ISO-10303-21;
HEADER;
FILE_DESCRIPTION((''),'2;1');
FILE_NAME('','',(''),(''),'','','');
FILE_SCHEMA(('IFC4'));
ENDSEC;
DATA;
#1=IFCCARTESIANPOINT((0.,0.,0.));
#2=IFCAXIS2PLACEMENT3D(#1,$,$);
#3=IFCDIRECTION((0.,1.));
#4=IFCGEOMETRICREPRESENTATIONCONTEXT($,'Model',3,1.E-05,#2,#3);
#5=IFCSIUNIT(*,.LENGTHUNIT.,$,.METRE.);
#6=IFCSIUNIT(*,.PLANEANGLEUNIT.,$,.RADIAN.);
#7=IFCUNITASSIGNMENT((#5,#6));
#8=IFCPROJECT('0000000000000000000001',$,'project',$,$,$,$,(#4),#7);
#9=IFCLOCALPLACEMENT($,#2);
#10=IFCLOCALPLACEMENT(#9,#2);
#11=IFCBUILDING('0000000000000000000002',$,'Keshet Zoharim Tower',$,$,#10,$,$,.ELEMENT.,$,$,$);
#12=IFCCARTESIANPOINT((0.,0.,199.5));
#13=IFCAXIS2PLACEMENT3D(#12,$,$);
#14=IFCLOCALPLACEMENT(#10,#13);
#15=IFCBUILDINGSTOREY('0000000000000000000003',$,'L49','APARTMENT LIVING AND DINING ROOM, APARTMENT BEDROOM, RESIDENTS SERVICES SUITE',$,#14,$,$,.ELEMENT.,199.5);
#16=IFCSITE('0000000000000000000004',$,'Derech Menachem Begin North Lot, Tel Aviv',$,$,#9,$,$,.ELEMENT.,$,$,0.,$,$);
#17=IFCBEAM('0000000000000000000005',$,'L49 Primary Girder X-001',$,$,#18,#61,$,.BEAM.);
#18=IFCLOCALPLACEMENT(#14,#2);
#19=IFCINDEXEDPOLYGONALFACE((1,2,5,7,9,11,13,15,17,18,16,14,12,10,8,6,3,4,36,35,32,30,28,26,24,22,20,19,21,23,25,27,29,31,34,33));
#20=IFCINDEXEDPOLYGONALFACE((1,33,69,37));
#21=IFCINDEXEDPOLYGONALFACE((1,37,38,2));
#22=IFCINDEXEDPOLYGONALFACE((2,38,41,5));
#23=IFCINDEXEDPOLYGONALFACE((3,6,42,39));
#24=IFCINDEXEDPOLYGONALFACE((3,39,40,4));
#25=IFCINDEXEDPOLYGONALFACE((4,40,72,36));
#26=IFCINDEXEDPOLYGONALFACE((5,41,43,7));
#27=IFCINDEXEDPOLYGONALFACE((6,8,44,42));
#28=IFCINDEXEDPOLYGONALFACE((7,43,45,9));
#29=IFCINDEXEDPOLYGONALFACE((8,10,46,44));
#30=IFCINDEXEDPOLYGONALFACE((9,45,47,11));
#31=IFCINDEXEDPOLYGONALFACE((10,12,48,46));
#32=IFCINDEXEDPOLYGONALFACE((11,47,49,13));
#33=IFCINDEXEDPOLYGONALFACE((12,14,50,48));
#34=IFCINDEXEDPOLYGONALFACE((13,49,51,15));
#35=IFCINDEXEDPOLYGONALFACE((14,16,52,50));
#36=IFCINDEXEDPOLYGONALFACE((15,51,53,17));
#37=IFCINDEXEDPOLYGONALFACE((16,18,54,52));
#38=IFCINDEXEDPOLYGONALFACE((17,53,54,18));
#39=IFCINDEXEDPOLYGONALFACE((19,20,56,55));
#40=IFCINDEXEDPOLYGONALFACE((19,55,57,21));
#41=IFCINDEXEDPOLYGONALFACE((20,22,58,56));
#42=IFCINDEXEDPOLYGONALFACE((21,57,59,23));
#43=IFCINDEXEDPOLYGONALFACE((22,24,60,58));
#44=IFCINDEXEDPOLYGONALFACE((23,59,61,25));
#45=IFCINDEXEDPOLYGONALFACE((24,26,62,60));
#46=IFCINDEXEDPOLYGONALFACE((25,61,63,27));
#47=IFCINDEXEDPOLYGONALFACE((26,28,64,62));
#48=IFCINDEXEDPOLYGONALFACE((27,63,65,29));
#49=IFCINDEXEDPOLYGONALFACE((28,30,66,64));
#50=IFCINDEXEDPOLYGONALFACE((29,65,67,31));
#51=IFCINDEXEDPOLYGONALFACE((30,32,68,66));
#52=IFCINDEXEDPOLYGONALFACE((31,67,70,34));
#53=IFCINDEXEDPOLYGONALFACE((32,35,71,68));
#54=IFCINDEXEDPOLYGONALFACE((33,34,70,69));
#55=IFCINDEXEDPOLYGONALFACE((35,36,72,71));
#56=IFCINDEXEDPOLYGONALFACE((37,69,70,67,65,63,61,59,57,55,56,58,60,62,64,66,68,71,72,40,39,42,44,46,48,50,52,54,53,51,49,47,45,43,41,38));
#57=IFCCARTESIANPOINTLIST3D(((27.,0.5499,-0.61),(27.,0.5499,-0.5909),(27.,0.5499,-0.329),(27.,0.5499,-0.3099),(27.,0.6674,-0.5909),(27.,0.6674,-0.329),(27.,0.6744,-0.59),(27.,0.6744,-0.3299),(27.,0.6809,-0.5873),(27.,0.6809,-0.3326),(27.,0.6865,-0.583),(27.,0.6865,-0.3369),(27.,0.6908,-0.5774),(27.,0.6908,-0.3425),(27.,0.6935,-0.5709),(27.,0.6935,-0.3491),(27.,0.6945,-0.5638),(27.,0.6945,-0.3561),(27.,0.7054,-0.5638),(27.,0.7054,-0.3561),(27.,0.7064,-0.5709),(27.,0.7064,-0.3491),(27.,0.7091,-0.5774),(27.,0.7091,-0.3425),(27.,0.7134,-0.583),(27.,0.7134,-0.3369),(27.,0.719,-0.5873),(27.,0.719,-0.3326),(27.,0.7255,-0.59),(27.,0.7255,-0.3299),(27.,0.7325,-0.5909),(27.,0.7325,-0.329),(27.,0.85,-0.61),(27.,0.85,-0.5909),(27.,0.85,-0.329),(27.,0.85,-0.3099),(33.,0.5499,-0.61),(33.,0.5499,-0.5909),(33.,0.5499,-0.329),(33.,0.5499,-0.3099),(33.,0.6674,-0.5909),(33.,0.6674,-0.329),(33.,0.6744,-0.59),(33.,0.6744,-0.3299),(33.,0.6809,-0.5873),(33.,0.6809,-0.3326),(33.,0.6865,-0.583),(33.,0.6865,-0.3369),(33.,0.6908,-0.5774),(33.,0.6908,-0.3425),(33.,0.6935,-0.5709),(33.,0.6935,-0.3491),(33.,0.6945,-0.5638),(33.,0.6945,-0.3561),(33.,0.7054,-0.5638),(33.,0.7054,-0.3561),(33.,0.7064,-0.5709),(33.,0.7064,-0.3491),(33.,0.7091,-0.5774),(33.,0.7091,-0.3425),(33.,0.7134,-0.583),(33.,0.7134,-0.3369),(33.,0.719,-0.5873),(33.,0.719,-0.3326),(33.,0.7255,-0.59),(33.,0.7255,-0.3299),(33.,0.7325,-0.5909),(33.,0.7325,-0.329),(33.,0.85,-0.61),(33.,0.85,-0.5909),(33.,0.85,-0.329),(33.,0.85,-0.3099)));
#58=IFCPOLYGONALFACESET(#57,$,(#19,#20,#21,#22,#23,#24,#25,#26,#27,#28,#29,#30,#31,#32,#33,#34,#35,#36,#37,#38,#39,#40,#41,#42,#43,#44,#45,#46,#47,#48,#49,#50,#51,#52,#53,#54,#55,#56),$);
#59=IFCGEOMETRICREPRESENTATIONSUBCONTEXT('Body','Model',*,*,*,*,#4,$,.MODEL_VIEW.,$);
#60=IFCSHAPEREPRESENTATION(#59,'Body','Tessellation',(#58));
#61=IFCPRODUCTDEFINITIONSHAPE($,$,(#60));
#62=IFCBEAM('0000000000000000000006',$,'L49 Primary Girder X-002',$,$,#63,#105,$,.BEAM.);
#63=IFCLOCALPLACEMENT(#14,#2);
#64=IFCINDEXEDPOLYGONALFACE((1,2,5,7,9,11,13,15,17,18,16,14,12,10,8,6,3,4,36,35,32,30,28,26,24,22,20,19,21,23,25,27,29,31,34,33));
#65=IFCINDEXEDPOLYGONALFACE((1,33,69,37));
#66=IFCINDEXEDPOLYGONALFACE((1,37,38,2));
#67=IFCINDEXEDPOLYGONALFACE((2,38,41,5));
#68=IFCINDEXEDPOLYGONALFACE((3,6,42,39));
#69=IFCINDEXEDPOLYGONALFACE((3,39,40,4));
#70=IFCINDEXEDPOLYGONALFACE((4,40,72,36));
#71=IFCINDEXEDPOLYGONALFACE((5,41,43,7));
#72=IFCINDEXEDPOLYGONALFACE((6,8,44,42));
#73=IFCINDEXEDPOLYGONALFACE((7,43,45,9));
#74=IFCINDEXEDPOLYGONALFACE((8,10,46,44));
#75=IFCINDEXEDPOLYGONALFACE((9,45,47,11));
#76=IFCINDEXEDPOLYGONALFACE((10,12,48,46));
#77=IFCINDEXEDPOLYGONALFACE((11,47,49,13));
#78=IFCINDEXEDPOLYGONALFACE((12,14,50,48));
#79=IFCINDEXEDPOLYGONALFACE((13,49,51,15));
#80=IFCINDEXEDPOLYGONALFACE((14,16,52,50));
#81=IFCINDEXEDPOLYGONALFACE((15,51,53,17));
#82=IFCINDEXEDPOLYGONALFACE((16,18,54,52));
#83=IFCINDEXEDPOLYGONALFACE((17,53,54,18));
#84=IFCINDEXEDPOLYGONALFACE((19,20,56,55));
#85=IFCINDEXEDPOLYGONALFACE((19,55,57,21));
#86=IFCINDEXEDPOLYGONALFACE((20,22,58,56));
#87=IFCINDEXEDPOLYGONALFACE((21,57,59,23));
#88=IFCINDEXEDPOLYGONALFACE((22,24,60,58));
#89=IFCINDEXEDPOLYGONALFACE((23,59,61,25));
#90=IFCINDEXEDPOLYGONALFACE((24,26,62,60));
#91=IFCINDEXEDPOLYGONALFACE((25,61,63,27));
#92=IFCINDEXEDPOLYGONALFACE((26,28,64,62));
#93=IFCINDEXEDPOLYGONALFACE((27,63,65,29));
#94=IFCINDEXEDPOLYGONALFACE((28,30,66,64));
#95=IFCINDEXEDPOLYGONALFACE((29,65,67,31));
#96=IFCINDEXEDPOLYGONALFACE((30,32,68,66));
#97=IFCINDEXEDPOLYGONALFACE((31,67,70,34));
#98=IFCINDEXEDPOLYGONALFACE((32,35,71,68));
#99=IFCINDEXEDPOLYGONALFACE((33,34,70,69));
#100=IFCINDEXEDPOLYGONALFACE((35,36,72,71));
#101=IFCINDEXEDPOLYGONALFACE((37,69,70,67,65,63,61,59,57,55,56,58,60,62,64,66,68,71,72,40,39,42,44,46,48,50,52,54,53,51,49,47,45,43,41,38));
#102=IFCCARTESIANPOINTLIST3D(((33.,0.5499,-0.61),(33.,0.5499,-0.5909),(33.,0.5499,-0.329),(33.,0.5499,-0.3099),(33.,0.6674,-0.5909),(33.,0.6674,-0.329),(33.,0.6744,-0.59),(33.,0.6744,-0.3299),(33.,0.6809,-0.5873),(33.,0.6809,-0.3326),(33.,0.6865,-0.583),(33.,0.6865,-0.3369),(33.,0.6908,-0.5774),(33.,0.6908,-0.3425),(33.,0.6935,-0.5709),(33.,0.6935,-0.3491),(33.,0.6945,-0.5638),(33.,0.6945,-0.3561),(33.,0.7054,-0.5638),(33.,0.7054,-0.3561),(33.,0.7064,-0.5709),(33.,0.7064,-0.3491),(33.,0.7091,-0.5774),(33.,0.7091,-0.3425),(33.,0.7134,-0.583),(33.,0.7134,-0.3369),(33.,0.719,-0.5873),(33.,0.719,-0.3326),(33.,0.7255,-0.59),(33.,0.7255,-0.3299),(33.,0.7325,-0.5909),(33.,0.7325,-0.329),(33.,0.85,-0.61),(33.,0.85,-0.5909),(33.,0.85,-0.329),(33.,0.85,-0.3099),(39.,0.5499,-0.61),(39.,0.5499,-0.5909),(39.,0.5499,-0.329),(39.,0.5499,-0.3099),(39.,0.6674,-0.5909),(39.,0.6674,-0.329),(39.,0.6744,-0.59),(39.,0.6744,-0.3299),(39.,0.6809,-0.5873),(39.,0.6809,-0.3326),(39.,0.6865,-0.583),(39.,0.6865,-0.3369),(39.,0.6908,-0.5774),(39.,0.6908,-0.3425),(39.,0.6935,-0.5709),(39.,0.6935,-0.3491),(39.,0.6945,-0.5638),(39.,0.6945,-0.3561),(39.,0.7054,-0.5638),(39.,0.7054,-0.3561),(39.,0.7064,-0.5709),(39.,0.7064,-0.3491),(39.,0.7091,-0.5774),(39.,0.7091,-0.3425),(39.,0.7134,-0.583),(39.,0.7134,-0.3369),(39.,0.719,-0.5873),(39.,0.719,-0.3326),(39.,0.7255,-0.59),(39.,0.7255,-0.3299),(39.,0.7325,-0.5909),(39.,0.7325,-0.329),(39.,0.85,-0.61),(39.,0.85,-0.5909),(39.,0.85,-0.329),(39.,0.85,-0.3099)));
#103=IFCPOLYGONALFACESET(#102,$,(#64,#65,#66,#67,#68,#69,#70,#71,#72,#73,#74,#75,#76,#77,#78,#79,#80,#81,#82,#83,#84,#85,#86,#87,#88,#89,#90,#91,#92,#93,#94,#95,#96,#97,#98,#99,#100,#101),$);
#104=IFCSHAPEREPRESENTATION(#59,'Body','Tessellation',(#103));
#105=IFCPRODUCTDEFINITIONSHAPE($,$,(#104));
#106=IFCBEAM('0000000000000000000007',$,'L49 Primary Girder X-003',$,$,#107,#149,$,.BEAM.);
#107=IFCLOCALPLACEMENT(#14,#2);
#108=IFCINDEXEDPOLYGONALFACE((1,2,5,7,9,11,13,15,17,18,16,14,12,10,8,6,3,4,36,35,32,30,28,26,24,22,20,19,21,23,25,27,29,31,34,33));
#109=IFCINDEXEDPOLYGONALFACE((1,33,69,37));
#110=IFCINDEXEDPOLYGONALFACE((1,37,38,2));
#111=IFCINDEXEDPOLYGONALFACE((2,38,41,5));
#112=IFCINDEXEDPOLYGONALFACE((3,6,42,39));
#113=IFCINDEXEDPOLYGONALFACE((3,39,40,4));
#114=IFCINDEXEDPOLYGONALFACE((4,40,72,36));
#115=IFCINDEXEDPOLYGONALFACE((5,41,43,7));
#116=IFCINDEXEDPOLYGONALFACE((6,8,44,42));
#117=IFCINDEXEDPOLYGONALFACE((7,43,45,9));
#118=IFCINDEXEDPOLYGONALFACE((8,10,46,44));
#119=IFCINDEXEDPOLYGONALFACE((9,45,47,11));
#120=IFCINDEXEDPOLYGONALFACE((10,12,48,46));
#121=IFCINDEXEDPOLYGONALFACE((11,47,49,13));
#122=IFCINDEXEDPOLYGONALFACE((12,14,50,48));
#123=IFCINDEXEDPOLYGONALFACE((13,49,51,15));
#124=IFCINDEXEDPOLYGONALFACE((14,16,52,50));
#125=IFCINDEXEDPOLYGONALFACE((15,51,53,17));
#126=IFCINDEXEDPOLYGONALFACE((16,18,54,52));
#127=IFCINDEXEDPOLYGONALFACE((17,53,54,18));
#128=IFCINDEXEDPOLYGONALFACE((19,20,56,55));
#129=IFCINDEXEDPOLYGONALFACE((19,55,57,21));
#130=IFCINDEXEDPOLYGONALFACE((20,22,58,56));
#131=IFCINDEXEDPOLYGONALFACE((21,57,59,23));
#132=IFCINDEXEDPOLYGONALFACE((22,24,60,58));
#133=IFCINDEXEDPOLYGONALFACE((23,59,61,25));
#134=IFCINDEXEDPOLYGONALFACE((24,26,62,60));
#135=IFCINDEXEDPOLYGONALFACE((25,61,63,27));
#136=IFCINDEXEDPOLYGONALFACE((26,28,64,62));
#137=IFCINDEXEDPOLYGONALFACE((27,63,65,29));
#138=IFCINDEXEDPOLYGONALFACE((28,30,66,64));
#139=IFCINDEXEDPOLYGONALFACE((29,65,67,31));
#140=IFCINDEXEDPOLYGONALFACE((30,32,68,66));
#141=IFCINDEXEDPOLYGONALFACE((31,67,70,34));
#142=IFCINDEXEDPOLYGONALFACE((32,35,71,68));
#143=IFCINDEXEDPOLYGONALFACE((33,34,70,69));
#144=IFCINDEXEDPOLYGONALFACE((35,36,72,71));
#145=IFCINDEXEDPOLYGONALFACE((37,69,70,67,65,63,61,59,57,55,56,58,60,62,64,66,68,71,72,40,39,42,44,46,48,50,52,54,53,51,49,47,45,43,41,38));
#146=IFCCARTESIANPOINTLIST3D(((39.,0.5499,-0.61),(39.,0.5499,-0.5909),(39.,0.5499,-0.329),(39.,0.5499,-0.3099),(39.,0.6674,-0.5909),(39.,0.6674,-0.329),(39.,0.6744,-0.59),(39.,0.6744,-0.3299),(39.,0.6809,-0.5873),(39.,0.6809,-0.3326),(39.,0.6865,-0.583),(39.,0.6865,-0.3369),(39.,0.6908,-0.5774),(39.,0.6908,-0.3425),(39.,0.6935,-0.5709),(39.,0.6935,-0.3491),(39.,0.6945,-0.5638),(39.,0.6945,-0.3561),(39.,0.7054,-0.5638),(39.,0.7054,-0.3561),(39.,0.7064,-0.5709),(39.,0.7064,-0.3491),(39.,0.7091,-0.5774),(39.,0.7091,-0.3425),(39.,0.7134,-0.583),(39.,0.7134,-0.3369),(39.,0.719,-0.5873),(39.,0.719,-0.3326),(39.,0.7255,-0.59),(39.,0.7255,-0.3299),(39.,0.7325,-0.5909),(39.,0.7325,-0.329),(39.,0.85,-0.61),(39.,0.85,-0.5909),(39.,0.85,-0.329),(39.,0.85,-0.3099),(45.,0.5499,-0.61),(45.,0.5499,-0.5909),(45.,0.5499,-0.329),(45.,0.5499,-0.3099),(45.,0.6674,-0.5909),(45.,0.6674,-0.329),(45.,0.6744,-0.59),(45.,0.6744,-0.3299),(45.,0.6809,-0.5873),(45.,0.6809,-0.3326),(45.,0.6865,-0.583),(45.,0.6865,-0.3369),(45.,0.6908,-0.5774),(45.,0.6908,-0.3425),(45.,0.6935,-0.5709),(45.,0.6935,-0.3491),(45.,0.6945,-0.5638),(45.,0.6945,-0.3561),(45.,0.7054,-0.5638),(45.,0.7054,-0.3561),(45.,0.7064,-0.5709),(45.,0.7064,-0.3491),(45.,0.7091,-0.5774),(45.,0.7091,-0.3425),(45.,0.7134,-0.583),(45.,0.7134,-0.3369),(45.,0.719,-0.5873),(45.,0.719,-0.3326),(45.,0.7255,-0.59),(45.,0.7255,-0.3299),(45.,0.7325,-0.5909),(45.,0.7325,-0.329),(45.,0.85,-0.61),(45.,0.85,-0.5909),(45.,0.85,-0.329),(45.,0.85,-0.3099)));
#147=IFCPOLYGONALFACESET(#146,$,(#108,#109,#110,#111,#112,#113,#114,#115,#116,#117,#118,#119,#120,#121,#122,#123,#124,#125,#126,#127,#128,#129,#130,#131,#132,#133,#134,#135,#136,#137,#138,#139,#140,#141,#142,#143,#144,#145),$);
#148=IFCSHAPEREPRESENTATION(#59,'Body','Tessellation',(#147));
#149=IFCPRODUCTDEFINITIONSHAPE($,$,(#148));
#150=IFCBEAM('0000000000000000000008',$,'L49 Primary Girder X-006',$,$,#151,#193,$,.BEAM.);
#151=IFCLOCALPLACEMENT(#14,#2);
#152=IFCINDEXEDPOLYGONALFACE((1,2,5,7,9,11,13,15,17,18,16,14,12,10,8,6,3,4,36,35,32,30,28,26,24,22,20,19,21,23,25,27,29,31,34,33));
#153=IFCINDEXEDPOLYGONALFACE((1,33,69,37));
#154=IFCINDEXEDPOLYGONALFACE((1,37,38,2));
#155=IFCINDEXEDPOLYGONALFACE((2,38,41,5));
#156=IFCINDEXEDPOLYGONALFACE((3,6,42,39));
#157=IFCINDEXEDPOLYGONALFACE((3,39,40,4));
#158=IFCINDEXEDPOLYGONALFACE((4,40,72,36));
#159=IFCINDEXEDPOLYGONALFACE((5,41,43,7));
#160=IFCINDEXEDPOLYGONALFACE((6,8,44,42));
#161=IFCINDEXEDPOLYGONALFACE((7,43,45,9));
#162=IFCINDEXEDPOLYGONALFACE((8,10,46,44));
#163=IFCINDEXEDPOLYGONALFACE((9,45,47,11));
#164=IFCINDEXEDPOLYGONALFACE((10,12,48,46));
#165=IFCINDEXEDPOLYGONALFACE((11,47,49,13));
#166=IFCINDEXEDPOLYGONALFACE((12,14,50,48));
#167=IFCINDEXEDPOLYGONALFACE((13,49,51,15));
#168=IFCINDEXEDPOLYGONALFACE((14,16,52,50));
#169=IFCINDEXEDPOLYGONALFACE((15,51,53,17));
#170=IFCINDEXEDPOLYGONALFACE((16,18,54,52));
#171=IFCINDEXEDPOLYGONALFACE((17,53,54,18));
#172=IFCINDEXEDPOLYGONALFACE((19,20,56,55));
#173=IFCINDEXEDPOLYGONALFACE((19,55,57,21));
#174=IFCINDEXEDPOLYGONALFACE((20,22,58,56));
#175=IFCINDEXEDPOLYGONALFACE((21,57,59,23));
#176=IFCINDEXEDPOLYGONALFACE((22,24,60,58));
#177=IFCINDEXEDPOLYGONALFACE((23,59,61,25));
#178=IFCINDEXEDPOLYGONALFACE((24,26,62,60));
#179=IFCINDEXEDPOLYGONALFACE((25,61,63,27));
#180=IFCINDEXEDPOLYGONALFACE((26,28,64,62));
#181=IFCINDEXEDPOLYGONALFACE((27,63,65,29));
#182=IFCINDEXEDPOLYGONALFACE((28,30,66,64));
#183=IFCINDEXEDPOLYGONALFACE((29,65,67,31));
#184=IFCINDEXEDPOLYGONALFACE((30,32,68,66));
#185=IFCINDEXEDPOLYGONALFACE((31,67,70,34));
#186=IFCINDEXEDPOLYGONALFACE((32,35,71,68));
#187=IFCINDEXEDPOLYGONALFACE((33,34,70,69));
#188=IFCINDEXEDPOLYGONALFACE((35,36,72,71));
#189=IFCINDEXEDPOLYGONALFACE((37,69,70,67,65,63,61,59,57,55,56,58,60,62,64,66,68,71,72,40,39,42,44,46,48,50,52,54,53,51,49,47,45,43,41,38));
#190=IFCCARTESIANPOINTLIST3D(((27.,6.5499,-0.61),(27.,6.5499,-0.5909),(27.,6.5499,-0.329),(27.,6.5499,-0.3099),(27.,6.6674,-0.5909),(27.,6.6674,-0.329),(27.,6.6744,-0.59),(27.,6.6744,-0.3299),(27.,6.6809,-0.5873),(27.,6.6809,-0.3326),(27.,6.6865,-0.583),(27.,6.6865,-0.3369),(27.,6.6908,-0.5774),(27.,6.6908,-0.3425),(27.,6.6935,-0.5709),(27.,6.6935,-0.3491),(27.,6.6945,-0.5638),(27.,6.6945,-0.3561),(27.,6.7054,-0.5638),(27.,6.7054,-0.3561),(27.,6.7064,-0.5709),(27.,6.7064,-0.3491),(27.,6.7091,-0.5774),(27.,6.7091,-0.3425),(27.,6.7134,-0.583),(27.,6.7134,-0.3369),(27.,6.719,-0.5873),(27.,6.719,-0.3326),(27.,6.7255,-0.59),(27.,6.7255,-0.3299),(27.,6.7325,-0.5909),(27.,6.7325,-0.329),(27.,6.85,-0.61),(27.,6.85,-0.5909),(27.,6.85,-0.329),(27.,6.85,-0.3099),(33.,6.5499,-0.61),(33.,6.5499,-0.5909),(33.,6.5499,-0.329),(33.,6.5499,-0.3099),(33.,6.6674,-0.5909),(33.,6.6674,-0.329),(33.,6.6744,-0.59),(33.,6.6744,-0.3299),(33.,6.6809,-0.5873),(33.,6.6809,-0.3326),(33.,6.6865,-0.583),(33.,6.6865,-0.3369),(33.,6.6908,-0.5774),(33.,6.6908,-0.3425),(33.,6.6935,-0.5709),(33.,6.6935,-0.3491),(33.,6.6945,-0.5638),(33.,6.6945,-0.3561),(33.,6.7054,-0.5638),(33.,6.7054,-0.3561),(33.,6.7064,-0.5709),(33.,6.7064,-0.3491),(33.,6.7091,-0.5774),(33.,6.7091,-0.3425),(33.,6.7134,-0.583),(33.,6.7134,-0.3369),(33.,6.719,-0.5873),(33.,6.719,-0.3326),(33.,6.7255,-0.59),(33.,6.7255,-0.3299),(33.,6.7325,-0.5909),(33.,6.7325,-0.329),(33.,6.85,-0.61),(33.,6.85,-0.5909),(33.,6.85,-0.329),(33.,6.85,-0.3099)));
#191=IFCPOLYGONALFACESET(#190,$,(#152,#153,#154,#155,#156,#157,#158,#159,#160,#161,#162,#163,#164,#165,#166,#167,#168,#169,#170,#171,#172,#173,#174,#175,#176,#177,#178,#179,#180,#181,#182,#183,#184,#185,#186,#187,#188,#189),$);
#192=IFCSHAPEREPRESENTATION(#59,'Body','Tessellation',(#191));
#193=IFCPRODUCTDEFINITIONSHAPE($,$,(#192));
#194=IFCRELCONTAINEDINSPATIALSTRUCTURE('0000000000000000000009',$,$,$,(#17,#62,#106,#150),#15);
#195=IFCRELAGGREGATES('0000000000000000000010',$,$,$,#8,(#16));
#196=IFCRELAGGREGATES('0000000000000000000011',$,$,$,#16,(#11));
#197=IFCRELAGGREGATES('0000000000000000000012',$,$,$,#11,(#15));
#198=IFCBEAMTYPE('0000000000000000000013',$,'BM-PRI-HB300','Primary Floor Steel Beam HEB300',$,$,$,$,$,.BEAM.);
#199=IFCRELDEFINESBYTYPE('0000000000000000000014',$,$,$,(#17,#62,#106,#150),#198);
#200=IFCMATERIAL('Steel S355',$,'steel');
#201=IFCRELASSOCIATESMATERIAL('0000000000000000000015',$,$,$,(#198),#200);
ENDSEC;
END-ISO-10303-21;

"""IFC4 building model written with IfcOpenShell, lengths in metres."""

from ifc_helpers import new_model, si_unit, direction, frame, origin, origin_2d, place, context, subcontext, project, spatial, i_section, extrude, material, material_profile, profile_set, type_object, element, save


model = new_model("IFC4")

# Units and contexts
model_context = context("Model", 3, precision=1e-05, world=origin(), true_north=direction((0.0, 1.0)))
body_context = subcontext(model_context, "Body", "Model", "MODEL_VIEW")
ifc_project = project(units=[si_unit("LENGTHUNIT", "METRE"), si_unit("PLANEANGLEUNIT", "RADIAN")], contexts=[model_context])

# Site, building, storey
site_placement = place(None, origin())
site = spatial("IfcSite", under=ifc_project, at=site_placement, Name="Derech Menachem Begin North Lot, Tel Aviv", CompositionType="ELEMENT", RefElevation=0.0)
building_placement = place(site_placement, origin())
building = spatial("IfcBuilding", under=site, at=building_placement, Name="Keshet Zoharim Tower", CompositionType="ELEMENT")
storey_placement = place(building_placement, frame((0.0, 0.0, 199.5)))
storey = spatial("IfcBuildingStorey", under=building, at=storey_placement, Name="L49", Description="APARTMENT LIVING AND DINING ROOM, APARTMENT BEDROOM, RESIDENTS SERVICES SUITE", CompositionType="ELEMENT", Elevation=199.5)

# Shared definitions
ifc_material_1 = material(Name="Steel S355", Category="steel")

# Beams
ifc_material_profile_1 = material_profile(ifc_material_1, i_section(OverallWidth=0.3, OverallDepth=0.3, WebThickness=0.011, FlangeThickness=0.019, FilletRadius=0.0271, at=origin_2d()), Name="HEB300")
ifc_profile_set_1 = profile_set([ifc_material_profile_1], Name="Steel S355")
beam_type_1 = type_object("IfcBeamType", Name="BM-PRI-HB300", Description="Primary Floor Steel Beam HEB300", PredefinedType="BEAM", material=ifc_profile_set_1)
for number, where, z_axis, x_axis, name in (
    (1, (27.0, 0.7, -0.46), (1.0, 0.0, 0.0), (0.0, 1.0, 0.0), "L49 Primary Girder X-001"),
    (2, (33.0, 0.7, -0.46), (1.0, 0.0, 0.0), (0.0, 1.0, 0.0), "L49 Primary Girder X-002"),
    (3, (39.0, 0.7, -0.46), (1.0, 0.0, 0.0), (0.0, 1.0, 0.0), "L49 Primary Girder X-003"),
    (4, (27.0, 6.7, -0.46), (1.0, 0.0, 0.0), (0.0, 1.0, 0.0), "L49 Primary Girder X-006"),
):
    element("IfcBeam", number, at=place(storey_placement, frame(where, z_axis=z_axis, x_axis=x_axis)), inside=storey, type_object=beam_type_1, Name=name, PredefinedType="BEAM", context=body_context, shape_type="SweptSolid", body=[
        extrude(i_section(OverallWidth=0.3, OverallDepth=0.3, WebThickness=0.011, FlangeThickness=0.019, FilletRadius=0.0271, at=origin_2d()), origin(), (0.0, 0.0, 1.0), 6.0),
    ])

save(model, "model.ifc")
